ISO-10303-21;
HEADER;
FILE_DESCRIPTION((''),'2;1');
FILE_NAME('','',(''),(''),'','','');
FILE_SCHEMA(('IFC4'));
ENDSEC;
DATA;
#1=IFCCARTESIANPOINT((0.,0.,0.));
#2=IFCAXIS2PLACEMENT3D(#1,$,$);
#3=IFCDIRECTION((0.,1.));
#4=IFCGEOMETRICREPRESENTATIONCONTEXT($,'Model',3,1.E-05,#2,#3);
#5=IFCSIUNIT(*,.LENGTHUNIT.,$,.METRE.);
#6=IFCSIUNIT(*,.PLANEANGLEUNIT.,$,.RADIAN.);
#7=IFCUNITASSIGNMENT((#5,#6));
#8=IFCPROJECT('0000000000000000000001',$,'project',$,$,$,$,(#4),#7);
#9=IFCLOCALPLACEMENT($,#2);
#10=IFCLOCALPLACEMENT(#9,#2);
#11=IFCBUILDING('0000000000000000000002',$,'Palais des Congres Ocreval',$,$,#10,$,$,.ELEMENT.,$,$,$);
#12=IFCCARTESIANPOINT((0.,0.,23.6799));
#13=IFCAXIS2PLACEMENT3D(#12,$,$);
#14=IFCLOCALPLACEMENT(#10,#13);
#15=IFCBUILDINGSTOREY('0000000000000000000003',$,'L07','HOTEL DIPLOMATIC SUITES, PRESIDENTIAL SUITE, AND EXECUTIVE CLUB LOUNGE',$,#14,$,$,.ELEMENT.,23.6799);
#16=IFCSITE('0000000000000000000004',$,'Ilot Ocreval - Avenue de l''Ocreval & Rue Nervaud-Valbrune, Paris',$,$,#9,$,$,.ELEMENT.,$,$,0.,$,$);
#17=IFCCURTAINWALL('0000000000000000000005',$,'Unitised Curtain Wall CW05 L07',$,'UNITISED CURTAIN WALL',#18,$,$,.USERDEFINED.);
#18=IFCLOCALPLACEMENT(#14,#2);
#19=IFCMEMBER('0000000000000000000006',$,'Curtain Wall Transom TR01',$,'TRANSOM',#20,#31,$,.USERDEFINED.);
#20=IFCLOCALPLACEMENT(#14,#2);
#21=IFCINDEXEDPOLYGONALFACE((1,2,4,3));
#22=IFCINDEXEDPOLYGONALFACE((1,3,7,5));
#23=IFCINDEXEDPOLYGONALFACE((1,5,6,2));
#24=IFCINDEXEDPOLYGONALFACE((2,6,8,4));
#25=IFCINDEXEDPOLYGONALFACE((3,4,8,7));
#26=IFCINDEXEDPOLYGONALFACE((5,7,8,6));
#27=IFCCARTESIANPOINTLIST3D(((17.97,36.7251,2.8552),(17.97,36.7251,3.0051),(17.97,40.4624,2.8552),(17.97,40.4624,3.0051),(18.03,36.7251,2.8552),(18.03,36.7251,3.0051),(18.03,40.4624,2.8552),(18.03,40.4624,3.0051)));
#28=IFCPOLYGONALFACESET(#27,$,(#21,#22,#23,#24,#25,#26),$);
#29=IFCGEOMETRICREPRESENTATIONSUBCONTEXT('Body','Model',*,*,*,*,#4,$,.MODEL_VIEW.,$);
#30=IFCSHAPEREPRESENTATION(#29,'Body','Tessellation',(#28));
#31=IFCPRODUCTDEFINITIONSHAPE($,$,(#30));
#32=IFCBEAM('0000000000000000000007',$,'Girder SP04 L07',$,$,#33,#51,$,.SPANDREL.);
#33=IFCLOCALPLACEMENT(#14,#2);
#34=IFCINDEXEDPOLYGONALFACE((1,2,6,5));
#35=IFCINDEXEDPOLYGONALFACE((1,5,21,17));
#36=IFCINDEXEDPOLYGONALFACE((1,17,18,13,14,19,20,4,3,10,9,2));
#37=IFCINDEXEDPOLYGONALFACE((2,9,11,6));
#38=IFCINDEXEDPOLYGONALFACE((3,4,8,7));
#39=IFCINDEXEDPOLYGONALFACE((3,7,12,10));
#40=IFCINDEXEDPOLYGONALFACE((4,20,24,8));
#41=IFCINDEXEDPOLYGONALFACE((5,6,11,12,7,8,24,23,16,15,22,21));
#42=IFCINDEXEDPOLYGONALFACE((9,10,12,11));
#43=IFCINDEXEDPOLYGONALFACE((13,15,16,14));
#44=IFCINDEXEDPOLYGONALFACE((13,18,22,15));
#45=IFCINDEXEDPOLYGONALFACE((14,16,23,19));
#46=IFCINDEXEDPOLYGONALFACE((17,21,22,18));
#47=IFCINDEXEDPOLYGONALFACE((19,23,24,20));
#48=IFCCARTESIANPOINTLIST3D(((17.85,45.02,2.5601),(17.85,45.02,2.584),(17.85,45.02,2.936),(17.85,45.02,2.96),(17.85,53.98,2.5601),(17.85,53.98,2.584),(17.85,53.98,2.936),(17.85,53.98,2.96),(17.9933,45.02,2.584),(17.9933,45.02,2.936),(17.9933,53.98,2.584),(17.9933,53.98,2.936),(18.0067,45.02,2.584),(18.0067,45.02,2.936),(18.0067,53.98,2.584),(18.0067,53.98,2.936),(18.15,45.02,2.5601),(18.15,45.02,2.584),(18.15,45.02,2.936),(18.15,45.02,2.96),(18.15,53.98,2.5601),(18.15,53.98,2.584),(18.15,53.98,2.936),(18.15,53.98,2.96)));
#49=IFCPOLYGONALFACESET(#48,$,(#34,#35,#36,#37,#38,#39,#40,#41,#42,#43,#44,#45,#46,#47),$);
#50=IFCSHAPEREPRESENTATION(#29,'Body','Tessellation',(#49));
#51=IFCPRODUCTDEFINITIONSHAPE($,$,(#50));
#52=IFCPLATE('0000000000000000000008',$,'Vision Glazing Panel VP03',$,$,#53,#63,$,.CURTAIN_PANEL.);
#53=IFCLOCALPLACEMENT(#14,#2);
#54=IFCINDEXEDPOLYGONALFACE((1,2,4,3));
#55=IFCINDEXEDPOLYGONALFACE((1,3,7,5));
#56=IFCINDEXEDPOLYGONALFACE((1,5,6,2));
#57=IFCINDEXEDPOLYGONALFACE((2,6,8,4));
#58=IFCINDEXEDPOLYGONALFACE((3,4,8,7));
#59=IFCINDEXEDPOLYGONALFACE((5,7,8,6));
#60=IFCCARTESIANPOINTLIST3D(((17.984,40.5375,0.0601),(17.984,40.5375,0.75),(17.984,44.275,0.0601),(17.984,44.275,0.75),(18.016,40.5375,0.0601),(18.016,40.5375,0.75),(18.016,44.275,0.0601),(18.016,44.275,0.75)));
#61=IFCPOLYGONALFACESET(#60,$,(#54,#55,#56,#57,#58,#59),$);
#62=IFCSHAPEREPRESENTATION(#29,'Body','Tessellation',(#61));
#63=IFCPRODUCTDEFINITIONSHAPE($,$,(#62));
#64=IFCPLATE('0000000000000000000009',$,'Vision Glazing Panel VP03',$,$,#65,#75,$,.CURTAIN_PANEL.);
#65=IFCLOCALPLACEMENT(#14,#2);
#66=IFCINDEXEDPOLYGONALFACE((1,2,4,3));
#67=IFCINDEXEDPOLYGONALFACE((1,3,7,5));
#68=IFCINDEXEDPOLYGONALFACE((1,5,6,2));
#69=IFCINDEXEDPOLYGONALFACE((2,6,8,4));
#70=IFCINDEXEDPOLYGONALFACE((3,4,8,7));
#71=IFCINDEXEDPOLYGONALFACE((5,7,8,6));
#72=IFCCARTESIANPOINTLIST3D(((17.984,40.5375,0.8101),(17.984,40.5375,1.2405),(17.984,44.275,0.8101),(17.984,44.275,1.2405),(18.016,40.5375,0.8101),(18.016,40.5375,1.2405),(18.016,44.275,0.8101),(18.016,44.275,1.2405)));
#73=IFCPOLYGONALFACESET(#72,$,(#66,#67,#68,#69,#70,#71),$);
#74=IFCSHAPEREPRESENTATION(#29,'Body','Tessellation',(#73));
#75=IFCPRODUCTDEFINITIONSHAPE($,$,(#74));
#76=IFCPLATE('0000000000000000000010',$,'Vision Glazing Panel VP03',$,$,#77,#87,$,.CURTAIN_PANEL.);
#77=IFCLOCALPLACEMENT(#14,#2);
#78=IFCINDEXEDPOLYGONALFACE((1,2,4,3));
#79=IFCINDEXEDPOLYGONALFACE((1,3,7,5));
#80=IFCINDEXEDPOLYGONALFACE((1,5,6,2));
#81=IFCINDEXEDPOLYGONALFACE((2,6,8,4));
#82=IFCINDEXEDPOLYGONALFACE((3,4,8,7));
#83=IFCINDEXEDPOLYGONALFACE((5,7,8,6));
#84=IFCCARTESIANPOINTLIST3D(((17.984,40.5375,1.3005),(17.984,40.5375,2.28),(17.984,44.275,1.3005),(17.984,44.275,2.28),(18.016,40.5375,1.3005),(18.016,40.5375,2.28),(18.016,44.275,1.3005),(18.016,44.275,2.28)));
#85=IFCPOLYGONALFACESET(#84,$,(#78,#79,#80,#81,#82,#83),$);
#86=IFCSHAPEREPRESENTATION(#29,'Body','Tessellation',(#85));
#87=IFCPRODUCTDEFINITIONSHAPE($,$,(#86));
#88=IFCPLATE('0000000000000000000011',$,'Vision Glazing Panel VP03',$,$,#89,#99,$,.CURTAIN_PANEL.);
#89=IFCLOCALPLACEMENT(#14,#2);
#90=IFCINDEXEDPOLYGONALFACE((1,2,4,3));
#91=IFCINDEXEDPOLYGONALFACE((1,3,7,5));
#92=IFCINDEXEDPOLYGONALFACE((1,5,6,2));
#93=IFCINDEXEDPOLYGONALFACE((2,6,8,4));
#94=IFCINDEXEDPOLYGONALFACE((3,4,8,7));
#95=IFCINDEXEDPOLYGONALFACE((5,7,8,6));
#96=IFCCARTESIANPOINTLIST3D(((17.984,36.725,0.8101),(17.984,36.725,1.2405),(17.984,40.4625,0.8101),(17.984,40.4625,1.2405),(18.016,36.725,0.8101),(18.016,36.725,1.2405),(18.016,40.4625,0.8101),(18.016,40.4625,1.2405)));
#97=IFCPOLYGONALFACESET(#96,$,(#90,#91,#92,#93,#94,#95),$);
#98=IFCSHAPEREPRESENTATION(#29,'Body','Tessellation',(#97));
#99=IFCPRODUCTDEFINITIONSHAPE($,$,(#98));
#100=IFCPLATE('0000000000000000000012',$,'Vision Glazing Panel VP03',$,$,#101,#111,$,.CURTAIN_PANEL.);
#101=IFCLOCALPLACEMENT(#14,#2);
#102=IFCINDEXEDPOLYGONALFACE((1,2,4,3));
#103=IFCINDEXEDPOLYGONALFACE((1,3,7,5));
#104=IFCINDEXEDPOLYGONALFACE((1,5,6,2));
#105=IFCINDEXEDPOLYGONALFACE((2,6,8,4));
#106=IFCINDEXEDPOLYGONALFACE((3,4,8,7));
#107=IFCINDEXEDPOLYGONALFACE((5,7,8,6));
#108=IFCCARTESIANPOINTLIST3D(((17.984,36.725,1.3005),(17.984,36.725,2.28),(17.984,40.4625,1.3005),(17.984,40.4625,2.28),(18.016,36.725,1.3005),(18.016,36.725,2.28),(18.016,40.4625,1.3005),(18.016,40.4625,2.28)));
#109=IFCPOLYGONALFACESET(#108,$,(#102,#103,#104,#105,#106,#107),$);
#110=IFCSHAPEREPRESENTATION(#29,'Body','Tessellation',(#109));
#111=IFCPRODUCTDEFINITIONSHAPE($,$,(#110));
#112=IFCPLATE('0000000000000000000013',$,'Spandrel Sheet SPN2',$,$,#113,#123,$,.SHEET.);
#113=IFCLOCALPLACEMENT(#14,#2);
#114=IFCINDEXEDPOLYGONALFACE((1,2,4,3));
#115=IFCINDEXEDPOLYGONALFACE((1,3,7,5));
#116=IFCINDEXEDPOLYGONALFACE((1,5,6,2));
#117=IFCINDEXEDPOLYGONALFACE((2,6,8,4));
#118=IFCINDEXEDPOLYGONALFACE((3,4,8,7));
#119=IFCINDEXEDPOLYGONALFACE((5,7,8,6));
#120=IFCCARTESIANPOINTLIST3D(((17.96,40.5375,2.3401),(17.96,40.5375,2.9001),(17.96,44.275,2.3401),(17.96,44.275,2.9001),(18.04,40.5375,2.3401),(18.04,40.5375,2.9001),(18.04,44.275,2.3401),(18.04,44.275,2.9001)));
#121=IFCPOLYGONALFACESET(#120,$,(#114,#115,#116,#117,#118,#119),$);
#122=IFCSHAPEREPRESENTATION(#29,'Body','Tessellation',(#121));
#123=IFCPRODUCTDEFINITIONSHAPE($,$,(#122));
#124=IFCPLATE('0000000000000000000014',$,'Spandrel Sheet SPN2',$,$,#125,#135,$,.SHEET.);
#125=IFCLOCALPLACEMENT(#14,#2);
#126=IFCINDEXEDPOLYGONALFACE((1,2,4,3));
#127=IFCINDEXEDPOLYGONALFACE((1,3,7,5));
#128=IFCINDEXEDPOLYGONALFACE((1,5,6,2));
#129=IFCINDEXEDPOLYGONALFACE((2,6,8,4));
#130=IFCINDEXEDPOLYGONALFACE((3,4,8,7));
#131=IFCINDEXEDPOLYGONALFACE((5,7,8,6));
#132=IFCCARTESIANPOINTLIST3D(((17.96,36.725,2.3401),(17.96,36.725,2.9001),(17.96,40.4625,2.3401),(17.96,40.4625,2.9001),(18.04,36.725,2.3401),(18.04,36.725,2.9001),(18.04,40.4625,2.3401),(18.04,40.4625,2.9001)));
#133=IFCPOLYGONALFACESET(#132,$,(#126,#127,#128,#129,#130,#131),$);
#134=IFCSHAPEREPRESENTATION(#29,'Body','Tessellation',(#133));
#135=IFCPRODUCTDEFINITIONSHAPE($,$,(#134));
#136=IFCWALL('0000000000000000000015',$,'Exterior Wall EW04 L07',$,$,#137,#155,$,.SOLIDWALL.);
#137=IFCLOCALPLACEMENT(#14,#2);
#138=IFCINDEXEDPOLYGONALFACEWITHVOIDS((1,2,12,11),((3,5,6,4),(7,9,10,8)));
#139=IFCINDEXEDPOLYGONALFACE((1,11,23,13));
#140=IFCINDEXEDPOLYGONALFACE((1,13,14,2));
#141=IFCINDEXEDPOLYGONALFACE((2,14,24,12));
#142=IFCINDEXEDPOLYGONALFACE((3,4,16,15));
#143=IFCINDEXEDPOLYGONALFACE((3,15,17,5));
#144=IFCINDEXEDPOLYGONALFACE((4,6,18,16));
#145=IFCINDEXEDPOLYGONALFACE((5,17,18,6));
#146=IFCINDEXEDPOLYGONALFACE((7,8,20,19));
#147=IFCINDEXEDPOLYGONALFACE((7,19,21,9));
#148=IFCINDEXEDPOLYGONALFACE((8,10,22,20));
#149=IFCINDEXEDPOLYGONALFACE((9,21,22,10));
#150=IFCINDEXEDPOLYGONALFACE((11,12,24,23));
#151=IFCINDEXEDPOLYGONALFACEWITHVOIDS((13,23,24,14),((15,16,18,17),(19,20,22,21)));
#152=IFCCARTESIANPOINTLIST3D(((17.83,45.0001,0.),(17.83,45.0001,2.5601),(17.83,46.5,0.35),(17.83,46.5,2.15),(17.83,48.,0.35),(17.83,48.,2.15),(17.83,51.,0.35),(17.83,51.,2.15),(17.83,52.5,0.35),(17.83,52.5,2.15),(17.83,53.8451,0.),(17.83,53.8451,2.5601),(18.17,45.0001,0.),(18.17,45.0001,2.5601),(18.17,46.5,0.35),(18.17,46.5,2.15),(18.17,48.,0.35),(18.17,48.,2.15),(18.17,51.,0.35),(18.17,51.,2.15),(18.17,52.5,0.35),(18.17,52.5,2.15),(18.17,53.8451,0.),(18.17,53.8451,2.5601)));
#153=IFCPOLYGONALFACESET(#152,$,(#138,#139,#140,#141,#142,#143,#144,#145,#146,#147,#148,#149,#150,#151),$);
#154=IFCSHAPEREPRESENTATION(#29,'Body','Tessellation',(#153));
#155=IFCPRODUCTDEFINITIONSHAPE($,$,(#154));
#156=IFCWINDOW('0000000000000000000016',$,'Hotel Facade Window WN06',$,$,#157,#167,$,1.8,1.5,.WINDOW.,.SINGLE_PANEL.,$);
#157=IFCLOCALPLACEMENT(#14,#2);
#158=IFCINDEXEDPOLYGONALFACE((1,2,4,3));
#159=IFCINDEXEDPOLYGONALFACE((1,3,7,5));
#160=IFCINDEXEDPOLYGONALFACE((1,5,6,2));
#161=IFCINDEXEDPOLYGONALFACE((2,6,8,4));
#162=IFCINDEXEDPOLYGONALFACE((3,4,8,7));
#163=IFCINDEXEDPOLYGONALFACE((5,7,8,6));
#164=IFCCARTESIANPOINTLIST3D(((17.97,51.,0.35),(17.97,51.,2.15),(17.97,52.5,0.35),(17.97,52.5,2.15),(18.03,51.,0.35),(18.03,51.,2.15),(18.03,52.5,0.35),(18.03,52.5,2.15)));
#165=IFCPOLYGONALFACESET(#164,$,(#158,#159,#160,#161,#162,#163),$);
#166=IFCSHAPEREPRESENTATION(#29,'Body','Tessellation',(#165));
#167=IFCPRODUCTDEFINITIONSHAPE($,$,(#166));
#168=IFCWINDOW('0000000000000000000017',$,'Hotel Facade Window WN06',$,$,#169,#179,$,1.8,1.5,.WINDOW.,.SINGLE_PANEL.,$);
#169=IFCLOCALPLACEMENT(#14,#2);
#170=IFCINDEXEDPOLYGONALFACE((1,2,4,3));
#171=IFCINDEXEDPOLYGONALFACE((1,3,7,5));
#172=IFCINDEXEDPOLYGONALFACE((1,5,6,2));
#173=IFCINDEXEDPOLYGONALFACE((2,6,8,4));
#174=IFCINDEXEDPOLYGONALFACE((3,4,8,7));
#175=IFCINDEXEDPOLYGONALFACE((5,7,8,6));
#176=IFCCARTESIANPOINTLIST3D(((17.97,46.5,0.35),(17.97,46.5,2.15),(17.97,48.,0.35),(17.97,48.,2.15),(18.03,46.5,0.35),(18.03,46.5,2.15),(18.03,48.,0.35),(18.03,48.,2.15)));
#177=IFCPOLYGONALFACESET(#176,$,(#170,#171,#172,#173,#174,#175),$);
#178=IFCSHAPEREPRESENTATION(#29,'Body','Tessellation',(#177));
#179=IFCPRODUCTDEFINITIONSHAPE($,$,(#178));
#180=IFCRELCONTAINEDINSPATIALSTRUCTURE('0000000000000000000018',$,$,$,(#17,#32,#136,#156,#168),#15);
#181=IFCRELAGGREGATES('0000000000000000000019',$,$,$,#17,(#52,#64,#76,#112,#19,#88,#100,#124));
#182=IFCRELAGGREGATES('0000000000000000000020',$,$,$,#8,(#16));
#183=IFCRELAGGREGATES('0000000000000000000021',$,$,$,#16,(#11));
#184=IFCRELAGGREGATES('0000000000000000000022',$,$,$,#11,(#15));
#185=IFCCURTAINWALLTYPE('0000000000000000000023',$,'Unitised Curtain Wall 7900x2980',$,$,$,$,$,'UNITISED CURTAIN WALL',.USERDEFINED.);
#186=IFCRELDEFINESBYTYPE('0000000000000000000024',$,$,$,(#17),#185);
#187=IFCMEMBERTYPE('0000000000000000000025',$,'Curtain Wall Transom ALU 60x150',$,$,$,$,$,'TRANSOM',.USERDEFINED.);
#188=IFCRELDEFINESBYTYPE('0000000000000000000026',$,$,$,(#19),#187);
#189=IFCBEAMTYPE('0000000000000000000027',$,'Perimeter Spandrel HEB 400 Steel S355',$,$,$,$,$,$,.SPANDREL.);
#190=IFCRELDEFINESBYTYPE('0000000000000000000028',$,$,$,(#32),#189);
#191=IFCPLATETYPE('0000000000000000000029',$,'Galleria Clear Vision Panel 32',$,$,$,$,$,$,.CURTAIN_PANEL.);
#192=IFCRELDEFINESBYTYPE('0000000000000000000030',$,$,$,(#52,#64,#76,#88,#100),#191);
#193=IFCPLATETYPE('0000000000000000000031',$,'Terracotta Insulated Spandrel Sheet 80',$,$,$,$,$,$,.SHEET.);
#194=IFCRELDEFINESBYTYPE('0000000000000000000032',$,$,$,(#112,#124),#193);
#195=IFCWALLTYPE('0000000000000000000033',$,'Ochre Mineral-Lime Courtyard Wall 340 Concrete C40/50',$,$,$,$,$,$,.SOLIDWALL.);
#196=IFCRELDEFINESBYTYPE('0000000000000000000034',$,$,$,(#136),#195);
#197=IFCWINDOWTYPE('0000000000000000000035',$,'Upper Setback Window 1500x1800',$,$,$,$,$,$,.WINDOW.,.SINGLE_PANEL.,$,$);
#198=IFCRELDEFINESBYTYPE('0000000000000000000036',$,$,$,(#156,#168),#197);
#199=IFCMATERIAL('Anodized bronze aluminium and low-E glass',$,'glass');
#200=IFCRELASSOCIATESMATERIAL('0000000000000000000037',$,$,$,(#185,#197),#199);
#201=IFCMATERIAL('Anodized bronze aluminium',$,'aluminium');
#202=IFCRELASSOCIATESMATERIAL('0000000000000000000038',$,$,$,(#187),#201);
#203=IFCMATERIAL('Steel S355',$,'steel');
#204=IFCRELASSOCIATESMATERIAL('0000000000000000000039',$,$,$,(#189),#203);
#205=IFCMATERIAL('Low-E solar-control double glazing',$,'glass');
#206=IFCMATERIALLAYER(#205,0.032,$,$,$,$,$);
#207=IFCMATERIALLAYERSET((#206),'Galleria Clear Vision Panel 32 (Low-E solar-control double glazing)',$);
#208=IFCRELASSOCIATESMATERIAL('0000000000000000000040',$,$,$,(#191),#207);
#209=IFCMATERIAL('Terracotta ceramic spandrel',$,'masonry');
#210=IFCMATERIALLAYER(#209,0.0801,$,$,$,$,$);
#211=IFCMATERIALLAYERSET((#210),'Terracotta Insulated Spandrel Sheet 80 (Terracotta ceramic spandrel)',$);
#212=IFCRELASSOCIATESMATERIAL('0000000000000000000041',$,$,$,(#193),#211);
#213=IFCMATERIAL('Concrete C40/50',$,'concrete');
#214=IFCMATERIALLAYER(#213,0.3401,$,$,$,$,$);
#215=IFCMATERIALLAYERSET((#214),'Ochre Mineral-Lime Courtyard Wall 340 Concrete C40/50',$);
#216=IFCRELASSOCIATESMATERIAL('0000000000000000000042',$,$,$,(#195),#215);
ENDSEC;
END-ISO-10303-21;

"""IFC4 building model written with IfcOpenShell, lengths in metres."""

from ifc_helpers import new_model, si_unit, direction, frame, frame_2d, origin, origin_2d, place, context, subcontext, project, spatial, rectangle, i_section, extrude, material, layer, layer_set, material_profile, profile_set, type_object, element, fill, aggregate, save


model = new_model("IFC4")

# Units and contexts
model_context = context("Model", 3, precision=1e-05, world=origin(), true_north=direction((0.0, 1.0)))
body_context = subcontext(model_context, "Body", "Model", "MODEL_VIEW")
ifc_project = project(units=[si_unit("LENGTHUNIT", "METRE"), si_unit("PLANEANGLEUNIT", "RADIAN")], contexts=[model_context])

# Site, building, storey
site_placement = place(None, origin())
site = spatial("IfcSite", under=ifc_project, at=site_placement, Name="Ilot Ocreval - Avenue de l'Ocreval & Rue Nervaud-Valbrune, Paris", CompositionType="ELEMENT", RefElevation=0.0)
building_placement = place(site_placement, origin())
building = spatial("IfcBuilding", under=site, at=building_placement, Name="Palais des Congres Ocreval", CompositionType="ELEMENT")
storey_placement = place(building_placement, frame((0.0, 0.0, 23.6799)))
storey = spatial("IfcBuildingStorey", under=building, at=storey_placement, Name="L07", Description="HOTEL DIPLOMATIC SUITES, PRESIDENTIAL SUITE, AND EXECUTIVE CLUB LOUNGE", CompositionType="ELEMENT", Elevation=23.6799)

# Shared definitions
ifc_material_1 = material(Name="Steel S355", Category="steel")

# Curtain wall, member
ifc_material_2 = material(Name="Anodized bronze aluminium and low-E glass", Category="glass")
curtain_wall_type = type_object("IfcCurtainWallType", Name="Unitised Curtain Wall 7900x2980", ElementType="UNITISED CURTAIN WALL", PredefinedType="USERDEFINED", material=ifc_material_2)
curtain_wall_placement = place(storey_placement, origin())
curtain_wall = element("IfcCurtainWall", 1, at=curtain_wall_placement, inside=storey, type_object=curtain_wall_type, Name="Unitised Curtain Wall CW05 L07", ObjectType="UNITISED CURTAIN WALL", PredefinedType="USERDEFINED")
ifc_material_3 = material(Name="Anodized bronze aluminium", Category="aluminium")
ifc_material_profile_1 = material_profile(ifc_material_3, rectangle(XDim=0.0601, YDim=0.1499, at=origin_2d()), Name="ALU 60x150")
ifc_profile_set_1 = profile_set([ifc_material_profile_1], Name="Anodized bronze aluminium")
member_type_1 = type_object("IfcMemberType", Name="Curtain Wall Transom ALU 60x150", ElementType="TRANSOM", PredefinedType="USERDEFINED", material=ifc_profile_set_1)
member_1_placement = place(storey_placement, frame((18.0, 40.4624, 2.9302), z_axis=(0.0, -1.0, 0.0), x_axis=(1.0, 0.0, 0.0)))
member_1 = element("IfcMember", 2, at=member_1_placement, type_object=member_type_1, Name="Curtain Wall Transom TR01", ObjectType="TRANSOM", PredefinedType="USERDEFINED", context=body_context, shape_type="SweptSolid", body=[
    extrude(rectangle(XDim=0.0601, YDim=0.1499, at=origin_2d()), origin(), (0.0, 0.0, 1.0), 3.7373),
])

# Beam
ifc_material_profile_2 = material_profile(ifc_material_1, i_section(OverallWidth=0.3, OverallDepth=0.3999, WebThickness=0.0134, FlangeThickness=0.0239, at=origin_2d()), Name="HEB 400")
ifc_profile_set_2 = profile_set([ifc_material_profile_2], Name="Steel S355")
beam_type = type_object("IfcBeamType", Name="Perimeter Spandrel HEB 400 Steel S355", PredefinedType="SPANDREL", material=ifc_profile_set_2)
beam_placement = place(storey_placement, frame((18.0, 45.02, 2.76), z_axis=(0.0, 1.0, 0.0), x_axis=(-1.0, 0.0, 0.0)))
element("IfcBeam", 3, at=beam_placement, inside=storey, type_object=beam_type, Name="Girder SP04 L07", PredefinedType="SPANDREL", context=body_context, shape_type="SweptSolid", body=[
    extrude(i_section(OverallWidth=0.3, OverallDepth=0.3999, WebThickness=0.0134, FlangeThickness=0.0239, at=origin_2d()), origin(), (0.0, 0.0, 1.0), 8.96),
])

# Plates
ifc_material_4 = material(Name="Low-E solar-control double glazing", Category="glass")
ifc_layer_1 = layer(ifc_material_4, 0.032)
ifc_layer_set_1 = layer_set([ifc_layer_1], Name="Galleria Clear Vision Panel 32 (Low-E solar-control double glazing)")
plate_type_1 = type_object("IfcPlateType", Name="Galleria Clear Vision Panel 32", PredefinedType="CURTAIN_PANEL", material=ifc_layer_set_1)
plate_1_placement = place(storey_placement, frame((18.0, 42.4062, 0.0601), z_axis=(0.0, 0.0, 1.0), x_axis=(0.0, -1.0, 0.0)))
plate_1 = element("IfcPlate", 4, at=plate_1_placement, type_object=plate_type_1, Name="Vision Glazing Panel VP03", PredefinedType="CURTAIN_PANEL", context=body_context, shape_type="SweptSolid", body=[
    extrude(rectangle(XDim=3.7375, YDim=0.032, at=origin_2d()), origin(), (0.0, 0.0, 1.0), 0.6899),
])
plate_2_placement = place(storey_placement, frame((18.0, 42.4062, 0.8101), z_axis=(0.0, 0.0, 1.0), x_axis=(0.0, -1.0, 0.0)))
plate_2 = element("IfcPlate", 5, at=plate_2_placement, type_object=plate_type_1, Name="Vision Glazing Panel VP03", PredefinedType="CURTAIN_PANEL", context=body_context, shape_type="SweptSolid", body=[
    extrude(rectangle(XDim=3.7375, YDim=0.032, at=origin_2d()), origin(), (0.0, 0.0, 1.0), 0.4304),
])
plate_3_placement = place(storey_placement, frame((18.0, 42.4062, 1.3005), z_axis=(0.0, 0.0, 1.0), x_axis=(0.0, -1.0, 0.0)))
plate_3 = element("IfcPlate", 6, at=plate_3_placement, type_object=plate_type_1, Name="Vision Glazing Panel VP03", PredefinedType="CURTAIN_PANEL", context=body_context, shape_type="SweptSolid", body=[
    extrude(rectangle(XDim=3.7375, YDim=0.032, at=origin_2d()), origin(), (0.0, 0.0, 1.0), 0.9795),
])
plate_4_placement = place(storey_placement, frame((18.0, 38.5938, 0.8101), z_axis=(0.0, 0.0, 1.0), x_axis=(0.0, -1.0, 0.0)))
plate_4 = element("IfcPlate", 7, at=plate_4_placement, type_object=plate_type_1, Name="Vision Glazing Panel VP03", PredefinedType="CURTAIN_PANEL", context=body_context, shape_type="SweptSolid", body=[
    extrude(rectangle(XDim=3.7375, YDim=0.032, at=origin_2d()), origin(), (0.0, 0.0, 1.0), 0.4304),
])
plate_5_placement = place(storey_placement, frame((18.0, 38.5938, 1.3005), z_axis=(0.0, 0.0, 1.0), x_axis=(0.0, -1.0, 0.0)))
plate_5 = element("IfcPlate", 8, at=plate_5_placement, type_object=plate_type_1, Name="Vision Glazing Panel VP03", PredefinedType="CURTAIN_PANEL", context=body_context, shape_type="SweptSolid", body=[
    extrude(rectangle(XDim=3.7375, YDim=0.032, at=origin_2d()), origin(), (0.0, 0.0, 1.0), 0.9795),
])
ifc_material_5 = material(Name="Terracotta ceramic spandrel", Category="masonry")
ifc_layer_2 = layer(ifc_material_5, 0.0801)
ifc_layer_set_2 = layer_set([ifc_layer_2], Name="Terracotta Insulated Spandrel Sheet 80 (Terracotta ceramic spandrel)")
plate_type_2 = type_object("IfcPlateType", Name="Terracotta Insulated Spandrel Sheet 80", PredefinedType="SHEET", material=ifc_layer_set_2)
plate_6_placement = place(storey_placement, frame((18.0, 42.4062, 2.3401), z_axis=(0.0, 0.0, 1.0), x_axis=(0.0, -1.0, 0.0)))
plate_6 = element("IfcPlate", 9, at=plate_6_placement, type_object=plate_type_2, Name="Spandrel Sheet SPN2", PredefinedType="SHEET", context=body_context, shape_type="SweptSolid", body=[
    extrude(rectangle(XDim=3.7375, YDim=0.0801, at=origin_2d()), origin(), (0.0, 0.0, 1.0), 0.5601),
])
plate_7_placement = place(storey_placement, frame((18.0, 38.5938, 2.3401), z_axis=(0.0, 0.0, 1.0), x_axis=(0.0, -1.0, 0.0)))
plate_7 = element("IfcPlate", 10, at=plate_7_placement, type_object=plate_type_2, Name="Spandrel Sheet SPN2", PredefinedType="SHEET", context=body_context, shape_type="SweptSolid", body=[
    extrude(rectangle(XDim=3.7375, YDim=0.0801, at=origin_2d()), origin(), (0.0, 0.0, 1.0), 0.5601),
])
aggregate(curtain_wall, [plate_1, plate_2, plate_3, plate_6, member_1, plate_4, plate_5, plate_7])

# Wall, openings, windows
ifc_material_6 = material(Name="Concrete C40/50", Category="concrete")
ifc_layer_3 = layer(ifc_material_6, 0.3401)
ifc_layer_set_3 = layer_set([ifc_layer_3], Name="Ochre Mineral-Lime Courtyard Wall 340 Concrete C40/50")
wall_type = type_object("IfcWallType", Name="Ochre Mineral-Lime Courtyard Wall 340 Concrete C40/50", PredefinedType="SOLIDWALL", material=ifc_layer_set_3)
wall_1_placement = place(storey_placement, frame((18.0, 53.845, 0.0), z_axis=(0.0, 0.0, 1.0), x_axis=(0.0, -1.0, 0.0)))
wall_1 = element("IfcWall", 11, at=wall_1_placement, inside=storey, type_object=wall_type, Name="Exterior Wall EW04 L07", PredefinedType="SOLIDWALL", context=body_context, shape_type="SweptSolid", body=[
    extrude(rectangle(XDim=8.845, YDim=0.3401, at=frame_2d((4.4224, 0.0))), origin(), (0.0, 0.0, 1.0), 2.5601),
])
opening_1_placement = place(wall_1_placement, frame((1.345, 0.0, 0.3501)))
opening_1 = element("IfcOpeningElement", 12, at=opening_1_placement, cuts=wall_1, PredefinedType="OPENING", context=body_context, shape_type="SweptSolid", body=[
    extrude(rectangle(XDim=1.5, YDim=1.8, at=frame_2d((0.75, 0.8999))), frame((0.0, 0.1799, 0.0), z_axis=(0.0, -1.0, 0.0), x_axis=(1.0, 0.0, 0.0)), (0.0, 0.0, 1.0), 0.3601),
])
opening_2_placement = place(wall_1_placement, frame((5.845, 0.0, 0.3501)))
opening_2 = element("IfcOpeningElement", 13, at=opening_2_placement, cuts=wall_1, PredefinedType="OPENING", context=body_context, shape_type="SweptSolid", body=[
    extrude(rectangle(XDim=1.5, YDim=1.8, at=frame_2d((0.75, 0.8999))), frame((0.0, 0.1799, 0.0), z_axis=(0.0, -1.0, 0.0), x_axis=(1.0, 0.0, 0.0)), (0.0, 0.0, 1.0), 0.3601),
])
window_type = type_object("IfcWindowType", Name="Upper Setback Window 1500x1800", PartitioningType="SINGLE_PANEL", PredefinedType="WINDOW", material=ifc_material_2)
window_1_placement = place(opening_1_placement, origin())
window_1 = element("IfcWindow", 14, at=window_1_placement, inside=storey, type_object=window_type, Name="Hotel Facade Window WN06", OverallHeight=1.8, OverallWidth=1.5, PartitioningType="SINGLE_PANEL", PredefinedType="WINDOW", context=body_context, shape_type="SweptSolid", body=[
    extrude(rectangle(XDim=1.5, YDim=1.8, at=frame_2d((0.75, 0.8999))), frame((0.0, 0.03, 0.0), z_axis=(0.0, -1.0, 0.0), x_axis=(1.0, 0.0, 0.0)), (0.0, 0.0, 1.0), 0.0601),
])
fill(opening_1, window_1)
window_2_placement = place(opening_2_placement, origin())
window_2 = element("IfcWindow", 15, at=window_2_placement, inside=storey, type_object=window_type, Name="Hotel Facade Window WN06", OverallHeight=1.8, OverallWidth=1.5, PartitioningType="SINGLE_PANEL", PredefinedType="WINDOW", context=body_context, shape_type="SweptSolid", body=[
    extrude(rectangle(XDim=1.5, YDim=1.8, at=frame_2d((0.75, 0.8999))), frame((0.0, 0.03, 0.0), z_axis=(0.0, -1.0, 0.0), x_axis=(1.0, 0.0, 0.0)), (0.0, 0.0, 1.0), 0.0601),
])
fill(opening_2, window_2)

save(model, "model.ifc")
